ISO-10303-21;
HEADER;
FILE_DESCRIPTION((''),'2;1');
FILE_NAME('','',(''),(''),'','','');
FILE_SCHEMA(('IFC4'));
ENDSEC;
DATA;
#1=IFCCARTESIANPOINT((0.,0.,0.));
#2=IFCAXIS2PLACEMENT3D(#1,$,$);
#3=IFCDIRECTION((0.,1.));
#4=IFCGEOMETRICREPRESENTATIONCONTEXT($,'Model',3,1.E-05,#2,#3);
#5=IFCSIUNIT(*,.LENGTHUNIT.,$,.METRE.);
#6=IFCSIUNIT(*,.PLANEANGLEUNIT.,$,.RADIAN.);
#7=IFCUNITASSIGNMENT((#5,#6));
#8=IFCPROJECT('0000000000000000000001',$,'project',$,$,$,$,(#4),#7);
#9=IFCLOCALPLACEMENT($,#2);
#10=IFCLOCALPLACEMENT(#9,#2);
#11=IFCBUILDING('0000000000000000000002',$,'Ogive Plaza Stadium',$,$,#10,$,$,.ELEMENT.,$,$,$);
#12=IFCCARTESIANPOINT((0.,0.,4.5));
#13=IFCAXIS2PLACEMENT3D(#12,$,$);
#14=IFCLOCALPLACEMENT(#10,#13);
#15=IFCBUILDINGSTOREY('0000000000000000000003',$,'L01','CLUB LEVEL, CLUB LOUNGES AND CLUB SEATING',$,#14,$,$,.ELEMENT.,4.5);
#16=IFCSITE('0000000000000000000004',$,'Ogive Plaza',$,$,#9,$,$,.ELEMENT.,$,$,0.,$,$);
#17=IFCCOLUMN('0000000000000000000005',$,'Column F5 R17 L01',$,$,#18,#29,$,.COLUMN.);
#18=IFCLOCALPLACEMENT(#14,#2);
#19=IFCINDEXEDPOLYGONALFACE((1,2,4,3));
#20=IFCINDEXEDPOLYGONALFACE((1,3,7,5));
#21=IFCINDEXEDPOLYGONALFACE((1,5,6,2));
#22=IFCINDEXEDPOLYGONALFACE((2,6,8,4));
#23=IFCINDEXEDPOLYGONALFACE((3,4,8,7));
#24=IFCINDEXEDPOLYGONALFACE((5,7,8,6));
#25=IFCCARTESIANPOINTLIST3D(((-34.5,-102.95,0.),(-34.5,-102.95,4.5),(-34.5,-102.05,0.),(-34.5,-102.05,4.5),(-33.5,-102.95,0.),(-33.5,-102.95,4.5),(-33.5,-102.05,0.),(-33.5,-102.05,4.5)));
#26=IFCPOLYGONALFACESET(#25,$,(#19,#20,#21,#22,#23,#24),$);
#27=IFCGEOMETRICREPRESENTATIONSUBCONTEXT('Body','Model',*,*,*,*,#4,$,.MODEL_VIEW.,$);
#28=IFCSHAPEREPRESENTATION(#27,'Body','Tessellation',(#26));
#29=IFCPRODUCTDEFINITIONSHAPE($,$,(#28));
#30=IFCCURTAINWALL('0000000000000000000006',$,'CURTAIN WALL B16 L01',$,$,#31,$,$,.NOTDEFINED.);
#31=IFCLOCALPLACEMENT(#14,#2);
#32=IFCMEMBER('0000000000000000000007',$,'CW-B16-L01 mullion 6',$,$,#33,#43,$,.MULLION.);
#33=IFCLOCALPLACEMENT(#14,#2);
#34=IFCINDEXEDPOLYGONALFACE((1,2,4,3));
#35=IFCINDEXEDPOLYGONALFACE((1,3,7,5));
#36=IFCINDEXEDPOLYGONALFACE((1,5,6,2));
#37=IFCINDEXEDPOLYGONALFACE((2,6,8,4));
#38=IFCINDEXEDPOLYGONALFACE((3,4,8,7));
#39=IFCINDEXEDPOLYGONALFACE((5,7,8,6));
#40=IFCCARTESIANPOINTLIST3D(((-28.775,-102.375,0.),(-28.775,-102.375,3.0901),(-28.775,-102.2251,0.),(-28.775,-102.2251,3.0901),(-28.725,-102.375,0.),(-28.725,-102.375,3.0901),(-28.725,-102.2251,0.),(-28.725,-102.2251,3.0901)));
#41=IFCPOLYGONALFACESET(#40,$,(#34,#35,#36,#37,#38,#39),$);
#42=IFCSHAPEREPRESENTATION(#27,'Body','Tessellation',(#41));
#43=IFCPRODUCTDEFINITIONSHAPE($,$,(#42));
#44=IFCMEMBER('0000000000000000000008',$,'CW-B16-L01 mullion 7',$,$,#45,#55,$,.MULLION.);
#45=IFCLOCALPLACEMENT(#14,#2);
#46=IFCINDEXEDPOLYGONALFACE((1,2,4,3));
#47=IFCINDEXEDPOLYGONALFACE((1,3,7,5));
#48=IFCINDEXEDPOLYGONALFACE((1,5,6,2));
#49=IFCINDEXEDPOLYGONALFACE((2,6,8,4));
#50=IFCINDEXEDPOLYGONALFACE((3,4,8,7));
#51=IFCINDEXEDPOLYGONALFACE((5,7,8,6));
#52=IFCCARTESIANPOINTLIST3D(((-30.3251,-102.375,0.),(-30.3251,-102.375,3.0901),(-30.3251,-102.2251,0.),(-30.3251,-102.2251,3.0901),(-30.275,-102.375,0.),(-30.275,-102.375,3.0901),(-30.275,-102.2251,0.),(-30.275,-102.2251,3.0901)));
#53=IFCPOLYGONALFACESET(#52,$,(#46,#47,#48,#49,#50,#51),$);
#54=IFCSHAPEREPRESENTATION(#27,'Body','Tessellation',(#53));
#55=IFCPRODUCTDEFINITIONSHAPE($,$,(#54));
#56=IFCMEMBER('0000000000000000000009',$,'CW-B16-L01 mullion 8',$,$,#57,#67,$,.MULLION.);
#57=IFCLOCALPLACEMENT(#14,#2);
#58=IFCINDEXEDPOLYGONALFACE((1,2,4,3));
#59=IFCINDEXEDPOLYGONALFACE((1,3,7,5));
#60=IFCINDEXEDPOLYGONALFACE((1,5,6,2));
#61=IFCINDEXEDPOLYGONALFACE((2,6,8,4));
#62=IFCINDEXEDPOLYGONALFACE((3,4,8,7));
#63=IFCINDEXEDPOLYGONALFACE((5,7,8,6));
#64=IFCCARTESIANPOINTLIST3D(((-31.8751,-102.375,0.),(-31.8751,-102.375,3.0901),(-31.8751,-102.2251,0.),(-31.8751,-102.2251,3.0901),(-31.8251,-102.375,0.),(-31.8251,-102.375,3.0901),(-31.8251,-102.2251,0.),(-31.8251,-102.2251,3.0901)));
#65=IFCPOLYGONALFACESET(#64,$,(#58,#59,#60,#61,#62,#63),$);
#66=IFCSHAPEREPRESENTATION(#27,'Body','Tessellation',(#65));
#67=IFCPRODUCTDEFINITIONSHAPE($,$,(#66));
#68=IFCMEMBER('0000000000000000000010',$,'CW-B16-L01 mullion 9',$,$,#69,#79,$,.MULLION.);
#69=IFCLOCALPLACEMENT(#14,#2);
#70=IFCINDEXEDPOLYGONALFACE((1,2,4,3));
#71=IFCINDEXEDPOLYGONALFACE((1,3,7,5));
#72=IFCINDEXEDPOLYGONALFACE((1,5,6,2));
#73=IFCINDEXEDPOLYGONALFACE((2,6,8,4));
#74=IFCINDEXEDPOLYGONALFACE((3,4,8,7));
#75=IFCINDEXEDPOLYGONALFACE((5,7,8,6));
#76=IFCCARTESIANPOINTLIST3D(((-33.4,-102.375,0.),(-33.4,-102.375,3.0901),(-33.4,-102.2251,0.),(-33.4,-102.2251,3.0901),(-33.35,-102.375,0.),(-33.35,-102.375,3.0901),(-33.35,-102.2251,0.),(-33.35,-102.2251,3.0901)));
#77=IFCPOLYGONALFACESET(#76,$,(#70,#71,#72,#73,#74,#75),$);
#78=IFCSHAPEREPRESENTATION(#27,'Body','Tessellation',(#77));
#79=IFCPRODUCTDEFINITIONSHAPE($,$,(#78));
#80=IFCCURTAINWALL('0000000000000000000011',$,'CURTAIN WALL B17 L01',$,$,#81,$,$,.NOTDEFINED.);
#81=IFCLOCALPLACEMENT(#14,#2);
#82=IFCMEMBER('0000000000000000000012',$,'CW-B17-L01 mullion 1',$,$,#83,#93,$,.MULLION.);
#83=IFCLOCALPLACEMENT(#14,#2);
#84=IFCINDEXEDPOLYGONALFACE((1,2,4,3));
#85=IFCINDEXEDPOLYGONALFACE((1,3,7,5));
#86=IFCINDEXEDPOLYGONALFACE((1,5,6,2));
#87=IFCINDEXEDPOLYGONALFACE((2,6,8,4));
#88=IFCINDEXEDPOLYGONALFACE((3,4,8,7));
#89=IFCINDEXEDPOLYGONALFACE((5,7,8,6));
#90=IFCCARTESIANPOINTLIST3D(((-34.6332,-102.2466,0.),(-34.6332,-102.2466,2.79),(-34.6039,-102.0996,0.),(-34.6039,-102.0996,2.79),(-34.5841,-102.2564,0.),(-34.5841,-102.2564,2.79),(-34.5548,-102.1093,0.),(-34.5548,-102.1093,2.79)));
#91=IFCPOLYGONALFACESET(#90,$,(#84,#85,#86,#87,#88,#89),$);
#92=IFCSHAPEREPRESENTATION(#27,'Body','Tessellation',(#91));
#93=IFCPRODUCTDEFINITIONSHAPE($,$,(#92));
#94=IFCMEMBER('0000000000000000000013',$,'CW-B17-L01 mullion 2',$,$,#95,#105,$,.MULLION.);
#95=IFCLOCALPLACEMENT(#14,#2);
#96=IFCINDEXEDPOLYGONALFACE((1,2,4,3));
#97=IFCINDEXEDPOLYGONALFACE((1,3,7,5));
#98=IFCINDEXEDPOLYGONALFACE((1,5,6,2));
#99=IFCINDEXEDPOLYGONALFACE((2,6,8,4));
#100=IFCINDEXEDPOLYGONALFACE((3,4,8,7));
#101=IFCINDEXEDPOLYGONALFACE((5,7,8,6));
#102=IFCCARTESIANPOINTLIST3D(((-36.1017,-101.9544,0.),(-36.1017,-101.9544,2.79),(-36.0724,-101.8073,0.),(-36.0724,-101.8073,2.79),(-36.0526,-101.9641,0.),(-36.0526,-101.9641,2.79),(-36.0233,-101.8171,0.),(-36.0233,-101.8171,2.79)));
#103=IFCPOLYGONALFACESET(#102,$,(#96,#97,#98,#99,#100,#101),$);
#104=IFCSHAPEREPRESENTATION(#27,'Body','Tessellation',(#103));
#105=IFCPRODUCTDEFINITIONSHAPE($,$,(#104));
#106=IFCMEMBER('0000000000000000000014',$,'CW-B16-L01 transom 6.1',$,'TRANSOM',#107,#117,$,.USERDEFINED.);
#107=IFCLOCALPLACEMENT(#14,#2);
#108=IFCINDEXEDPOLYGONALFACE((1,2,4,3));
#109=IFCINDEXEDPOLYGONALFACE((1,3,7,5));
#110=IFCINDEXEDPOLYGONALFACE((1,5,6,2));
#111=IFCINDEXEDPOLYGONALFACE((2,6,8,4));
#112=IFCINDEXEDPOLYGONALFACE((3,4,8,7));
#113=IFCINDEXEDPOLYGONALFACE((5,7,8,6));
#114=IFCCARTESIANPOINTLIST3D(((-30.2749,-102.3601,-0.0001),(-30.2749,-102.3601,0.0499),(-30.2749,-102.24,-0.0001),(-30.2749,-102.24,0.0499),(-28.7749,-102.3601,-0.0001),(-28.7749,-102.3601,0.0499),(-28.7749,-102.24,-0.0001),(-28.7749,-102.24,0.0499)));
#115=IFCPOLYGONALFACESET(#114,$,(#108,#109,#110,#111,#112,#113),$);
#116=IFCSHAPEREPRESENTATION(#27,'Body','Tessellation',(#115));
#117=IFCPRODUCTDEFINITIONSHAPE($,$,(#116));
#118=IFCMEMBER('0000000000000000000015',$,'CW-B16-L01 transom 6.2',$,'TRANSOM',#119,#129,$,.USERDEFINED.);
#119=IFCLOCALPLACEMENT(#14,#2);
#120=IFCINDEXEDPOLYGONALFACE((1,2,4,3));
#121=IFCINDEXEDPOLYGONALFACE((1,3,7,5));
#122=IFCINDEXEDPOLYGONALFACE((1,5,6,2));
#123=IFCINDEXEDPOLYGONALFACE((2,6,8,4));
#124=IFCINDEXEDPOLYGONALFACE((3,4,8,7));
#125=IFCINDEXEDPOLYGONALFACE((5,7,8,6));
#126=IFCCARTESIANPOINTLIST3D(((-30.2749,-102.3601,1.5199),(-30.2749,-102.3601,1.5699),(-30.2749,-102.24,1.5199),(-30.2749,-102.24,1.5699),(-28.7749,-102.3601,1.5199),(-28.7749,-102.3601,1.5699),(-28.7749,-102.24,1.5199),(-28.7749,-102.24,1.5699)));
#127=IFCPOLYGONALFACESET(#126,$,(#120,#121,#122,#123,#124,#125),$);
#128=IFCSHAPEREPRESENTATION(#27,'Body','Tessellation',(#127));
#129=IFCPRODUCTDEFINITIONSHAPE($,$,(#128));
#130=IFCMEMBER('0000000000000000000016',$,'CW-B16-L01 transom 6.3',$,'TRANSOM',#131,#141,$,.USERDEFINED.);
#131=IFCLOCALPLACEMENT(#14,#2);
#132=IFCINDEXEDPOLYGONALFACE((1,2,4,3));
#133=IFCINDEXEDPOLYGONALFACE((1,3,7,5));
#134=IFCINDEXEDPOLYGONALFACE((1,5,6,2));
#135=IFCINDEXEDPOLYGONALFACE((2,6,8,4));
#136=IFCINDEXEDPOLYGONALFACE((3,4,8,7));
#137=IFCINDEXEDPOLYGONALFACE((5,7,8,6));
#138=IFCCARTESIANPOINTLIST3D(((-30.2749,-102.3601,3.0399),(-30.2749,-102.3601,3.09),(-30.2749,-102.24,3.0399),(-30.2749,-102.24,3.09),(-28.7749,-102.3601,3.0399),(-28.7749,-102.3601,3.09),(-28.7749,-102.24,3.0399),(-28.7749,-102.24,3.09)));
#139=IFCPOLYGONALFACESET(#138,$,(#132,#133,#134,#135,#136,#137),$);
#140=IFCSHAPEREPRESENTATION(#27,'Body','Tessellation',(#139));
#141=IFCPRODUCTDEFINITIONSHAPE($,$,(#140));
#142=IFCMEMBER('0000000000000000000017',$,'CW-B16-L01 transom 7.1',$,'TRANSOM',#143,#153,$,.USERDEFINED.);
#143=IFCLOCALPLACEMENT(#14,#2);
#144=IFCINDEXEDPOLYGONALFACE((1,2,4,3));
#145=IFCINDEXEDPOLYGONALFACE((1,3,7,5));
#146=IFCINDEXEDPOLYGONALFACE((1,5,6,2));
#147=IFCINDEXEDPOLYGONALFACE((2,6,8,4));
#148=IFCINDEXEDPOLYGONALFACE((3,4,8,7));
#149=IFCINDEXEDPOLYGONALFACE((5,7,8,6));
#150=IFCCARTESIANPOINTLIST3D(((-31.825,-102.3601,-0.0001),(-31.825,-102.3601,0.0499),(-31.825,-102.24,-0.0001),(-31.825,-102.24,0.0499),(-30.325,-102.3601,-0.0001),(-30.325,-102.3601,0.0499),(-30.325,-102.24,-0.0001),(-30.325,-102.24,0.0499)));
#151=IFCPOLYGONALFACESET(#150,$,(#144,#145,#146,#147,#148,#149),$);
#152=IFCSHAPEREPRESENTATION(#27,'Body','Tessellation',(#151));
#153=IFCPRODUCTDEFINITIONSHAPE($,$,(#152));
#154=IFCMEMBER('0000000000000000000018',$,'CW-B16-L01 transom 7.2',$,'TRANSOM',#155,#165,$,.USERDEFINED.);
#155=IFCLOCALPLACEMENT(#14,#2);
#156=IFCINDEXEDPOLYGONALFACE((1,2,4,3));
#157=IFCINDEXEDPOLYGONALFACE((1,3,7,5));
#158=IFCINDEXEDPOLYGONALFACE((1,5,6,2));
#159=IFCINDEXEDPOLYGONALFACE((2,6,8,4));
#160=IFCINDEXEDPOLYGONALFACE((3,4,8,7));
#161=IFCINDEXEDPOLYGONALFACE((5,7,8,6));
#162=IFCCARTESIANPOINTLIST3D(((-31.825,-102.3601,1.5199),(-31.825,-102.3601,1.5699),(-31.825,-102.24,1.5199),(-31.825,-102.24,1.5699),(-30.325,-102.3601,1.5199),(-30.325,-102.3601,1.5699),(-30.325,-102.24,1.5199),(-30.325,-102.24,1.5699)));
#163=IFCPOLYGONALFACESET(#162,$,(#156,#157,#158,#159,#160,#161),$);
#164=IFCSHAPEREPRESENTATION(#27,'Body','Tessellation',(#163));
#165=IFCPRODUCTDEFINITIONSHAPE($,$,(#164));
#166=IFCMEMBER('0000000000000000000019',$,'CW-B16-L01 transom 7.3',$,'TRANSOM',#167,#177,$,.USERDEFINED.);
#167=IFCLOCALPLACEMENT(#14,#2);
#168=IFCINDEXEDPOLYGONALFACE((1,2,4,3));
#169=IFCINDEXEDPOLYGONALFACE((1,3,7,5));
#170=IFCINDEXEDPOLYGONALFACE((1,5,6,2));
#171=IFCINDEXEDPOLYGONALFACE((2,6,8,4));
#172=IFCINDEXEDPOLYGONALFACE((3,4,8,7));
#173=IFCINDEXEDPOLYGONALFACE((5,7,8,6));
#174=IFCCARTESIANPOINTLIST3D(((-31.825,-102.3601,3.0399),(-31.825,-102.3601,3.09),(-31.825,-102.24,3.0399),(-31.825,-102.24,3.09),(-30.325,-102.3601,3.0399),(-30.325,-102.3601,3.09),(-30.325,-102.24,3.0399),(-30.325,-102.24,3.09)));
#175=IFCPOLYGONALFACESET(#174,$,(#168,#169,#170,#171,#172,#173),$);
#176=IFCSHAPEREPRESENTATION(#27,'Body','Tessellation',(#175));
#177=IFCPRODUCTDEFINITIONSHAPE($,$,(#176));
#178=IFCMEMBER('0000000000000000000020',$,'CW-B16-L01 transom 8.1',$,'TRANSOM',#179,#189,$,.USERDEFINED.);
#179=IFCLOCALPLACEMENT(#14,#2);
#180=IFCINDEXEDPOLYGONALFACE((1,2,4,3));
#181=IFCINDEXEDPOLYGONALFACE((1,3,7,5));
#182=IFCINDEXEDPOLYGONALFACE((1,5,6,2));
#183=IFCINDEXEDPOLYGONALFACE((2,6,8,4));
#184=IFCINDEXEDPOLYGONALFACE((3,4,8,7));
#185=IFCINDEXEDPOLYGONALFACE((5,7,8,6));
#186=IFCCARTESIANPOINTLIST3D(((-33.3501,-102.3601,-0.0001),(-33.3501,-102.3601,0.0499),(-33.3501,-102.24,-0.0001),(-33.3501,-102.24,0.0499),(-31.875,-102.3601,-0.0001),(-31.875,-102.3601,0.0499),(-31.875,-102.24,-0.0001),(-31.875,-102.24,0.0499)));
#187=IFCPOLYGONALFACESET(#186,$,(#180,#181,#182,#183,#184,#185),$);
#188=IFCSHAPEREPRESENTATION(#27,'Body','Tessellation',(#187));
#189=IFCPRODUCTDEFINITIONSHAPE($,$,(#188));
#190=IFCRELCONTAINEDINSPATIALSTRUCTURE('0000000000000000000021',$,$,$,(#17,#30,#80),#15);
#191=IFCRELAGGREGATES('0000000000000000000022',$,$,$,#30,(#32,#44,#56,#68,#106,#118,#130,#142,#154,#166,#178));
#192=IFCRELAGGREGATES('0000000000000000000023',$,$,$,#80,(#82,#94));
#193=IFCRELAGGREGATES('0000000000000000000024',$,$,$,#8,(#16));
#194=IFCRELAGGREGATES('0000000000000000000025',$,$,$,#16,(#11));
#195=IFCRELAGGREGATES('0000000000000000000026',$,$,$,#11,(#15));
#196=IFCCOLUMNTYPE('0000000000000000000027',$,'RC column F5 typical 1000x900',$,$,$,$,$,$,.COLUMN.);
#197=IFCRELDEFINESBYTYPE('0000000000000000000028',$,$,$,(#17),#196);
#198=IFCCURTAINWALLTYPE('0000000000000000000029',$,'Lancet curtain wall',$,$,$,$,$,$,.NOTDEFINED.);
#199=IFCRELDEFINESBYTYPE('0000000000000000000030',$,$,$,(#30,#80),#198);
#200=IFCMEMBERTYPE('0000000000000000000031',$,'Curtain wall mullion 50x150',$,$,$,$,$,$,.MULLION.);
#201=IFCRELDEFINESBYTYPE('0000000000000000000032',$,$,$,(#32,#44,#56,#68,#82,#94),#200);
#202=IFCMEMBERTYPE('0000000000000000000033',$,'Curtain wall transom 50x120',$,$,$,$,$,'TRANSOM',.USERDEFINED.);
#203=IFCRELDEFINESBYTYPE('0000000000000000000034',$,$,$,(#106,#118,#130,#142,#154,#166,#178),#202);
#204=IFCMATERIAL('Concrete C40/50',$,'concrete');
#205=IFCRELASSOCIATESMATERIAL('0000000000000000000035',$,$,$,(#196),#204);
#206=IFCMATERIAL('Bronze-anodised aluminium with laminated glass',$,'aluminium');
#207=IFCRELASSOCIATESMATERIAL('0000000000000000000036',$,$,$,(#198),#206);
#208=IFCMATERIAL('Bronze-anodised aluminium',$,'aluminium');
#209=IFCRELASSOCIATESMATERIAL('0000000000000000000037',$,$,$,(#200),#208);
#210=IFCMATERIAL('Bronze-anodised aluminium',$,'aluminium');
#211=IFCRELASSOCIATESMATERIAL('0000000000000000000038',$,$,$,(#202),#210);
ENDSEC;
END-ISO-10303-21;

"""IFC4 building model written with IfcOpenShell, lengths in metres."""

from ifc_helpers import new_model, si_unit, direction, frame, origin, origin_2d, place, context, subcontext, project, spatial, rectangle, extrude, material, material_profile, profile_set, type_object, element, aggregate, save


model = new_model("IFC4")

# Units and contexts
model_context = context("Model", 3, precision=1e-05, world=origin(), true_north=direction((0.0, 1.0)))
body_context = subcontext(model_context, "Body", "Model", "MODEL_VIEW")
ifc_project = project(units=[si_unit("LENGTHUNIT", "METRE"), si_unit("PLANEANGLEUNIT", "RADIAN")], contexts=[model_context])

# Site, building, storey
site_placement = place(None, origin())
site = spatial("IfcSite", under=ifc_project, at=site_placement, Name="Ogive Plaza", CompositionType="ELEMENT", RefElevation=0.0)
building_placement = place(site_placement, origin())
building = spatial("IfcBuilding", under=site, at=building_placement, Name="Ogive Plaza Stadium", CompositionType="ELEMENT")
storey_placement = place(building_placement, frame((0.0, 0.0, 4.5)))
storey = spatial("IfcBuildingStorey", under=building, at=storey_placement, Name="L01", Description="CLUB LEVEL, CLUB LOUNGES AND CLUB SEATING", CompositionType="ELEMENT", Elevation=4.5)

# Column
ifc_material_1 = material(Name="Concrete C40/50", Category="concrete")
ifc_material_profile_1 = material_profile(ifc_material_1, rectangle(XDim=1.0, YDim=0.8999, at=origin_2d()), Name="RC 1000x900")
ifc_profile_set_1 = profile_set([ifc_material_profile_1], Name="Concrete C40/50")
column_type = type_object("IfcColumnType", Name="RC column F5 typical 1000x900", PredefinedType="COLUMN", material=ifc_profile_set_1)
column_placement = place(storey_placement, frame((-34.0, -102.5, 0.0), z_axis=(0.0, 0.0, 1.0), x_axis=(1.0, 0.0, 0.0)))
element("IfcColumn", 1, at=column_placement, inside=storey, type_object=column_type, Name="Column F5 R17 L01", PredefinedType="COLUMN", context=body_context, shape_type="SweptSolid", body=[
    extrude(rectangle(XDim=1.0, YDim=0.8999, at=origin_2d()), origin(), (0.0, 0.0, 1.0), 4.5),
])

# Curtain walls, members
ifc_material_2 = material(Name="Bronze-anodised aluminium with laminated glass", Category="aluminium")
curtain_wall_type = type_object("IfcCurtainWallType", Name="Lancet curtain wall", PredefinedType="NOTDEFINED", material=ifc_material_2)
curtain_wall_1_placement = place(storey_placement, origin())
curtain_wall_1 = element("IfcCurtainWall", 2, at=curtain_wall_1_placement, inside=storey, type_object=curtain_wall_type, Name="CURTAIN WALL B16 L01", PredefinedType="NOTDEFINED")
ifc_material_3 = material(Name="Bronze-anodised aluminium", Category="aluminium")
ifc_material_profile_2 = material_profile(ifc_material_3, rectangle(XDim=0.1499, YDim=0.05, at=origin_2d()), Name="AL 150x50")
ifc_profile_set_2 = profile_set([ifc_material_profile_2], Name="Bronze-anodised aluminium")
member_type_1 = type_object("IfcMemberType", Name="Curtain wall mullion 50x150", PredefinedType="MULLION", material=ifc_profile_set_2)
member_1_placement = place(storey_placement, frame((-28.75, -102.3, 0.0), z_axis=(0.0, 0.0, 1.0), x_axis=(0.0, -1.0, 0.0)))
member_1 = element("IfcMember", 3, at=member_1_placement, type_object=member_type_1, Name="CW-B16-L01 mullion 6", PredefinedType="MULLION", context=body_context, shape_type="SweptSolid", body=[
    extrude(rectangle(XDim=0.1499, YDim=0.05, at=origin_2d()), origin(), (0.0, 0.0, 1.0), 3.0901),
])
member_2_placement = place(storey_placement, frame((-30.3, -102.3, 0.0), z_axis=(0.0, 0.0, 1.0), x_axis=(0.0, -1.0, 0.0)))
member_2 = element("IfcMember", 4, at=member_2_placement, type_object=member_type_1, Name="CW-B16-L01 mullion 7", PredefinedType="MULLION", context=body_context, shape_type="SweptSolid", body=[
    extrude(rectangle(XDim=0.1499, YDim=0.05, at=origin_2d()), origin(), (0.0, 0.0, 1.0), 3.0901),
])
member_3_placement = place(storey_placement, frame((-31.8501, -102.3, 0.0), z_axis=(0.0, 0.0, 1.0), x_axis=(0.0, -1.0, 0.0)))
member_3 = element("IfcMember", 5, at=member_3_placement, type_object=member_type_1, Name="CW-B16-L01 mullion 8", PredefinedType="MULLION", context=body_context, shape_type="SweptSolid", body=[
    extrude(rectangle(XDim=0.1499, YDim=0.05, at=origin_2d()), origin(), (0.0, 0.0, 1.0), 3.0901),
])
member_4_placement = place(storey_placement, frame((-33.375, -102.3, 0.0), z_axis=(0.0, 0.0, 1.0), x_axis=(0.0, -1.0, 0.0)))
member_4 = element("IfcMember", 6, at=member_4_placement, type_object=member_type_1, Name="CW-B16-L01 mullion 9", PredefinedType="MULLION", context=body_context, shape_type="SweptSolid", body=[
    extrude(rectangle(XDim=0.1499, YDim=0.05, at=origin_2d()), origin(), (0.0, 0.0, 1.0), 3.0901),
])
curtain_wall_2_placement = place(storey_placement, origin())
curtain_wall_2 = element("IfcCurtainWall", 7, at=curtain_wall_2_placement, inside=storey, type_object=curtain_wall_type, Name="CURTAIN WALL B17 L01", PredefinedType="NOTDEFINED")
member_5_placement = place(storey_placement, frame((-34.594, -102.178, 0.0), z_axis=(0.0, 0.0, 1.0), x_axis=(-0.19509, -0.980785, 0.0)))
member_5 = element("IfcMember", 8, at=member_5_placement, type_object=member_type_1, Name="CW-B17-L01 mullion 1", PredefinedType="MULLION", context=body_context, shape_type="SweptSolid", body=[
    extrude(rectangle(XDim=0.1499, YDim=0.05, at=origin_2d()), origin(), (0.0, 0.0, 1.0), 2.79),
])
member_6_placement = place(storey_placement, frame((-36.0625, -101.8857, 0.0), z_axis=(0.0, 0.0, 1.0), x_axis=(-0.19509, -0.980785, 0.0)))
member_6 = element("IfcMember", 9, at=member_6_placement, type_object=member_type_1, Name="CW-B17-L01 mullion 2", PredefinedType="MULLION", context=body_context, shape_type="SweptSolid", body=[
    extrude(rectangle(XDim=0.1499, YDim=0.05, at=origin_2d()), origin(), (0.0, 0.0, 1.0), 2.79),
])

# Members
ifc_material_4 = material(Name="Bronze-anodised aluminium", Category="aluminium")
ifc_material_profile_3 = material_profile(ifc_material_4, rectangle(XDim=0.1201, YDim=0.05, at=origin_2d()), Name="AL 120x50")
ifc_profile_set_3 = profile_set([ifc_material_profile_3], Name="Bronze-anodised aluminium")
member_type_2 = type_object("IfcMemberType", Name="Curtain wall transom 50x120", ElementType="TRANSOM", PredefinedType="USERDEFINED", material=ifc_profile_set_3)
member_7_placement = place(storey_placement, frame((-28.7749, -102.3, 0.0249), z_axis=(-1.0, 0.0, 0.0), x_axis=(0.0, -1.0, 0.0)))
member_7 = element("IfcMember", 10, at=member_7_placement, type_object=member_type_2, Name="CW-B16-L01 transom 6.1", ObjectType="TRANSOM", PredefinedType="USERDEFINED", context=body_context, shape_type="SweptSolid", body=[
    extrude(rectangle(XDim=0.1201, YDim=0.05, at=origin_2d()), origin(), (0.0, 0.0, 1.0), 1.5),
])
member_8_placement = place(storey_placement, frame((-28.7749, -102.3, 1.5449), z_axis=(-1.0, 0.0, 0.0), x_axis=(0.0, -1.0, 0.0)))
member_8 = element("IfcMember", 11, at=member_8_placement, type_object=member_type_2, Name="CW-B16-L01 transom 6.2", ObjectType="TRANSOM", PredefinedType="USERDEFINED", context=body_context, shape_type="SweptSolid", body=[
    extrude(rectangle(XDim=0.1201, YDim=0.05, at=origin_2d()), origin(), (0.0, 0.0, 1.0), 1.5),
])
member_9_placement = place(storey_placement, frame((-28.7749, -102.3, 3.0649), z_axis=(-1.0, 0.0, 0.0), x_axis=(0.0, -1.0, 0.0)))
member_9 = element("IfcMember", 12, at=member_9_placement, type_object=member_type_2, Name="CW-B16-L01 transom 6.3", ObjectType="TRANSOM", PredefinedType="USERDEFINED", context=body_context, shape_type="SweptSolid", body=[
    extrude(rectangle(XDim=0.1201, YDim=0.05, at=origin_2d()), origin(), (0.0, 0.0, 1.0), 1.5),
])
member_10_placement = place(storey_placement, frame((-30.325, -102.3, 0.0249), z_axis=(-1.0, 0.0, 0.0), x_axis=(0.0, -1.0, 0.0)))
member_10 = element("IfcMember", 13, at=member_10_placement, type_object=member_type_2, Name="CW-B16-L01 transom 7.1", ObjectType="TRANSOM", PredefinedType="USERDEFINED", context=body_context, shape_type="SweptSolid", body=[
    extrude(rectangle(XDim=0.1201, YDim=0.05, at=origin_2d()), origin(), (0.0, 0.0, 1.0), 1.5),
])
member_11_placement = place(storey_placement, frame((-30.325, -102.3, 1.5449), z_axis=(-1.0, 0.0, 0.0), x_axis=(0.0, -1.0, 0.0)))
member_11 = element("IfcMember", 14, at=member_11_placement, type_object=member_type_2, Name="CW-B16-L01 transom 7.2", ObjectType="TRANSOM", PredefinedType="USERDEFINED", context=body_context, shape_type="SweptSolid", body=[
    extrude(rectangle(XDim=0.1201, YDim=0.05, at=origin_2d()), origin(), (0.0, 0.0, 1.0), 1.5),
])
member_12_placement = place(storey_placement, frame((-30.325, -102.3, 3.0649), z_axis=(-1.0, 0.0, 0.0), x_axis=(0.0, -1.0, 0.0)))
member_12 = element("IfcMember", 15, at=member_12_placement, type_object=member_type_2, Name="CW-B16-L01 transom 7.3", ObjectType="TRANSOM", PredefinedType="USERDEFINED", context=body_context, shape_type="SweptSolid", body=[
    extrude(rectangle(XDim=0.1201, YDim=0.05, at=origin_2d()), origin(), (0.0, 0.0, 1.0), 1.5),
])
member_13_placement = place(storey_placement, frame((-31.875, -102.3, 0.0249), z_axis=(-1.0, 0.0, 0.0), x_axis=(0.0, -1.0, 0.0)))
member_13 = element("IfcMember", 16, at=member_13_placement, type_object=member_type_2, Name="CW-B16-L01 transom 8.1", ObjectType="TRANSOM", PredefinedType="USERDEFINED", context=body_context, shape_type="SweptSolid", body=[
    extrude(rectangle(XDim=0.1201, YDim=0.05, at=origin_2d()), origin(), (0.0, 0.0, 1.0), 1.4751),
])

aggregate(curtain_wall_1, [member_1, member_2, member_3, member_4, member_7, member_8, member_9, member_10, member_11, member_12, member_13])
aggregate(curtain_wall_2, [member_5, member_6])

save(model, "model.ifc")
